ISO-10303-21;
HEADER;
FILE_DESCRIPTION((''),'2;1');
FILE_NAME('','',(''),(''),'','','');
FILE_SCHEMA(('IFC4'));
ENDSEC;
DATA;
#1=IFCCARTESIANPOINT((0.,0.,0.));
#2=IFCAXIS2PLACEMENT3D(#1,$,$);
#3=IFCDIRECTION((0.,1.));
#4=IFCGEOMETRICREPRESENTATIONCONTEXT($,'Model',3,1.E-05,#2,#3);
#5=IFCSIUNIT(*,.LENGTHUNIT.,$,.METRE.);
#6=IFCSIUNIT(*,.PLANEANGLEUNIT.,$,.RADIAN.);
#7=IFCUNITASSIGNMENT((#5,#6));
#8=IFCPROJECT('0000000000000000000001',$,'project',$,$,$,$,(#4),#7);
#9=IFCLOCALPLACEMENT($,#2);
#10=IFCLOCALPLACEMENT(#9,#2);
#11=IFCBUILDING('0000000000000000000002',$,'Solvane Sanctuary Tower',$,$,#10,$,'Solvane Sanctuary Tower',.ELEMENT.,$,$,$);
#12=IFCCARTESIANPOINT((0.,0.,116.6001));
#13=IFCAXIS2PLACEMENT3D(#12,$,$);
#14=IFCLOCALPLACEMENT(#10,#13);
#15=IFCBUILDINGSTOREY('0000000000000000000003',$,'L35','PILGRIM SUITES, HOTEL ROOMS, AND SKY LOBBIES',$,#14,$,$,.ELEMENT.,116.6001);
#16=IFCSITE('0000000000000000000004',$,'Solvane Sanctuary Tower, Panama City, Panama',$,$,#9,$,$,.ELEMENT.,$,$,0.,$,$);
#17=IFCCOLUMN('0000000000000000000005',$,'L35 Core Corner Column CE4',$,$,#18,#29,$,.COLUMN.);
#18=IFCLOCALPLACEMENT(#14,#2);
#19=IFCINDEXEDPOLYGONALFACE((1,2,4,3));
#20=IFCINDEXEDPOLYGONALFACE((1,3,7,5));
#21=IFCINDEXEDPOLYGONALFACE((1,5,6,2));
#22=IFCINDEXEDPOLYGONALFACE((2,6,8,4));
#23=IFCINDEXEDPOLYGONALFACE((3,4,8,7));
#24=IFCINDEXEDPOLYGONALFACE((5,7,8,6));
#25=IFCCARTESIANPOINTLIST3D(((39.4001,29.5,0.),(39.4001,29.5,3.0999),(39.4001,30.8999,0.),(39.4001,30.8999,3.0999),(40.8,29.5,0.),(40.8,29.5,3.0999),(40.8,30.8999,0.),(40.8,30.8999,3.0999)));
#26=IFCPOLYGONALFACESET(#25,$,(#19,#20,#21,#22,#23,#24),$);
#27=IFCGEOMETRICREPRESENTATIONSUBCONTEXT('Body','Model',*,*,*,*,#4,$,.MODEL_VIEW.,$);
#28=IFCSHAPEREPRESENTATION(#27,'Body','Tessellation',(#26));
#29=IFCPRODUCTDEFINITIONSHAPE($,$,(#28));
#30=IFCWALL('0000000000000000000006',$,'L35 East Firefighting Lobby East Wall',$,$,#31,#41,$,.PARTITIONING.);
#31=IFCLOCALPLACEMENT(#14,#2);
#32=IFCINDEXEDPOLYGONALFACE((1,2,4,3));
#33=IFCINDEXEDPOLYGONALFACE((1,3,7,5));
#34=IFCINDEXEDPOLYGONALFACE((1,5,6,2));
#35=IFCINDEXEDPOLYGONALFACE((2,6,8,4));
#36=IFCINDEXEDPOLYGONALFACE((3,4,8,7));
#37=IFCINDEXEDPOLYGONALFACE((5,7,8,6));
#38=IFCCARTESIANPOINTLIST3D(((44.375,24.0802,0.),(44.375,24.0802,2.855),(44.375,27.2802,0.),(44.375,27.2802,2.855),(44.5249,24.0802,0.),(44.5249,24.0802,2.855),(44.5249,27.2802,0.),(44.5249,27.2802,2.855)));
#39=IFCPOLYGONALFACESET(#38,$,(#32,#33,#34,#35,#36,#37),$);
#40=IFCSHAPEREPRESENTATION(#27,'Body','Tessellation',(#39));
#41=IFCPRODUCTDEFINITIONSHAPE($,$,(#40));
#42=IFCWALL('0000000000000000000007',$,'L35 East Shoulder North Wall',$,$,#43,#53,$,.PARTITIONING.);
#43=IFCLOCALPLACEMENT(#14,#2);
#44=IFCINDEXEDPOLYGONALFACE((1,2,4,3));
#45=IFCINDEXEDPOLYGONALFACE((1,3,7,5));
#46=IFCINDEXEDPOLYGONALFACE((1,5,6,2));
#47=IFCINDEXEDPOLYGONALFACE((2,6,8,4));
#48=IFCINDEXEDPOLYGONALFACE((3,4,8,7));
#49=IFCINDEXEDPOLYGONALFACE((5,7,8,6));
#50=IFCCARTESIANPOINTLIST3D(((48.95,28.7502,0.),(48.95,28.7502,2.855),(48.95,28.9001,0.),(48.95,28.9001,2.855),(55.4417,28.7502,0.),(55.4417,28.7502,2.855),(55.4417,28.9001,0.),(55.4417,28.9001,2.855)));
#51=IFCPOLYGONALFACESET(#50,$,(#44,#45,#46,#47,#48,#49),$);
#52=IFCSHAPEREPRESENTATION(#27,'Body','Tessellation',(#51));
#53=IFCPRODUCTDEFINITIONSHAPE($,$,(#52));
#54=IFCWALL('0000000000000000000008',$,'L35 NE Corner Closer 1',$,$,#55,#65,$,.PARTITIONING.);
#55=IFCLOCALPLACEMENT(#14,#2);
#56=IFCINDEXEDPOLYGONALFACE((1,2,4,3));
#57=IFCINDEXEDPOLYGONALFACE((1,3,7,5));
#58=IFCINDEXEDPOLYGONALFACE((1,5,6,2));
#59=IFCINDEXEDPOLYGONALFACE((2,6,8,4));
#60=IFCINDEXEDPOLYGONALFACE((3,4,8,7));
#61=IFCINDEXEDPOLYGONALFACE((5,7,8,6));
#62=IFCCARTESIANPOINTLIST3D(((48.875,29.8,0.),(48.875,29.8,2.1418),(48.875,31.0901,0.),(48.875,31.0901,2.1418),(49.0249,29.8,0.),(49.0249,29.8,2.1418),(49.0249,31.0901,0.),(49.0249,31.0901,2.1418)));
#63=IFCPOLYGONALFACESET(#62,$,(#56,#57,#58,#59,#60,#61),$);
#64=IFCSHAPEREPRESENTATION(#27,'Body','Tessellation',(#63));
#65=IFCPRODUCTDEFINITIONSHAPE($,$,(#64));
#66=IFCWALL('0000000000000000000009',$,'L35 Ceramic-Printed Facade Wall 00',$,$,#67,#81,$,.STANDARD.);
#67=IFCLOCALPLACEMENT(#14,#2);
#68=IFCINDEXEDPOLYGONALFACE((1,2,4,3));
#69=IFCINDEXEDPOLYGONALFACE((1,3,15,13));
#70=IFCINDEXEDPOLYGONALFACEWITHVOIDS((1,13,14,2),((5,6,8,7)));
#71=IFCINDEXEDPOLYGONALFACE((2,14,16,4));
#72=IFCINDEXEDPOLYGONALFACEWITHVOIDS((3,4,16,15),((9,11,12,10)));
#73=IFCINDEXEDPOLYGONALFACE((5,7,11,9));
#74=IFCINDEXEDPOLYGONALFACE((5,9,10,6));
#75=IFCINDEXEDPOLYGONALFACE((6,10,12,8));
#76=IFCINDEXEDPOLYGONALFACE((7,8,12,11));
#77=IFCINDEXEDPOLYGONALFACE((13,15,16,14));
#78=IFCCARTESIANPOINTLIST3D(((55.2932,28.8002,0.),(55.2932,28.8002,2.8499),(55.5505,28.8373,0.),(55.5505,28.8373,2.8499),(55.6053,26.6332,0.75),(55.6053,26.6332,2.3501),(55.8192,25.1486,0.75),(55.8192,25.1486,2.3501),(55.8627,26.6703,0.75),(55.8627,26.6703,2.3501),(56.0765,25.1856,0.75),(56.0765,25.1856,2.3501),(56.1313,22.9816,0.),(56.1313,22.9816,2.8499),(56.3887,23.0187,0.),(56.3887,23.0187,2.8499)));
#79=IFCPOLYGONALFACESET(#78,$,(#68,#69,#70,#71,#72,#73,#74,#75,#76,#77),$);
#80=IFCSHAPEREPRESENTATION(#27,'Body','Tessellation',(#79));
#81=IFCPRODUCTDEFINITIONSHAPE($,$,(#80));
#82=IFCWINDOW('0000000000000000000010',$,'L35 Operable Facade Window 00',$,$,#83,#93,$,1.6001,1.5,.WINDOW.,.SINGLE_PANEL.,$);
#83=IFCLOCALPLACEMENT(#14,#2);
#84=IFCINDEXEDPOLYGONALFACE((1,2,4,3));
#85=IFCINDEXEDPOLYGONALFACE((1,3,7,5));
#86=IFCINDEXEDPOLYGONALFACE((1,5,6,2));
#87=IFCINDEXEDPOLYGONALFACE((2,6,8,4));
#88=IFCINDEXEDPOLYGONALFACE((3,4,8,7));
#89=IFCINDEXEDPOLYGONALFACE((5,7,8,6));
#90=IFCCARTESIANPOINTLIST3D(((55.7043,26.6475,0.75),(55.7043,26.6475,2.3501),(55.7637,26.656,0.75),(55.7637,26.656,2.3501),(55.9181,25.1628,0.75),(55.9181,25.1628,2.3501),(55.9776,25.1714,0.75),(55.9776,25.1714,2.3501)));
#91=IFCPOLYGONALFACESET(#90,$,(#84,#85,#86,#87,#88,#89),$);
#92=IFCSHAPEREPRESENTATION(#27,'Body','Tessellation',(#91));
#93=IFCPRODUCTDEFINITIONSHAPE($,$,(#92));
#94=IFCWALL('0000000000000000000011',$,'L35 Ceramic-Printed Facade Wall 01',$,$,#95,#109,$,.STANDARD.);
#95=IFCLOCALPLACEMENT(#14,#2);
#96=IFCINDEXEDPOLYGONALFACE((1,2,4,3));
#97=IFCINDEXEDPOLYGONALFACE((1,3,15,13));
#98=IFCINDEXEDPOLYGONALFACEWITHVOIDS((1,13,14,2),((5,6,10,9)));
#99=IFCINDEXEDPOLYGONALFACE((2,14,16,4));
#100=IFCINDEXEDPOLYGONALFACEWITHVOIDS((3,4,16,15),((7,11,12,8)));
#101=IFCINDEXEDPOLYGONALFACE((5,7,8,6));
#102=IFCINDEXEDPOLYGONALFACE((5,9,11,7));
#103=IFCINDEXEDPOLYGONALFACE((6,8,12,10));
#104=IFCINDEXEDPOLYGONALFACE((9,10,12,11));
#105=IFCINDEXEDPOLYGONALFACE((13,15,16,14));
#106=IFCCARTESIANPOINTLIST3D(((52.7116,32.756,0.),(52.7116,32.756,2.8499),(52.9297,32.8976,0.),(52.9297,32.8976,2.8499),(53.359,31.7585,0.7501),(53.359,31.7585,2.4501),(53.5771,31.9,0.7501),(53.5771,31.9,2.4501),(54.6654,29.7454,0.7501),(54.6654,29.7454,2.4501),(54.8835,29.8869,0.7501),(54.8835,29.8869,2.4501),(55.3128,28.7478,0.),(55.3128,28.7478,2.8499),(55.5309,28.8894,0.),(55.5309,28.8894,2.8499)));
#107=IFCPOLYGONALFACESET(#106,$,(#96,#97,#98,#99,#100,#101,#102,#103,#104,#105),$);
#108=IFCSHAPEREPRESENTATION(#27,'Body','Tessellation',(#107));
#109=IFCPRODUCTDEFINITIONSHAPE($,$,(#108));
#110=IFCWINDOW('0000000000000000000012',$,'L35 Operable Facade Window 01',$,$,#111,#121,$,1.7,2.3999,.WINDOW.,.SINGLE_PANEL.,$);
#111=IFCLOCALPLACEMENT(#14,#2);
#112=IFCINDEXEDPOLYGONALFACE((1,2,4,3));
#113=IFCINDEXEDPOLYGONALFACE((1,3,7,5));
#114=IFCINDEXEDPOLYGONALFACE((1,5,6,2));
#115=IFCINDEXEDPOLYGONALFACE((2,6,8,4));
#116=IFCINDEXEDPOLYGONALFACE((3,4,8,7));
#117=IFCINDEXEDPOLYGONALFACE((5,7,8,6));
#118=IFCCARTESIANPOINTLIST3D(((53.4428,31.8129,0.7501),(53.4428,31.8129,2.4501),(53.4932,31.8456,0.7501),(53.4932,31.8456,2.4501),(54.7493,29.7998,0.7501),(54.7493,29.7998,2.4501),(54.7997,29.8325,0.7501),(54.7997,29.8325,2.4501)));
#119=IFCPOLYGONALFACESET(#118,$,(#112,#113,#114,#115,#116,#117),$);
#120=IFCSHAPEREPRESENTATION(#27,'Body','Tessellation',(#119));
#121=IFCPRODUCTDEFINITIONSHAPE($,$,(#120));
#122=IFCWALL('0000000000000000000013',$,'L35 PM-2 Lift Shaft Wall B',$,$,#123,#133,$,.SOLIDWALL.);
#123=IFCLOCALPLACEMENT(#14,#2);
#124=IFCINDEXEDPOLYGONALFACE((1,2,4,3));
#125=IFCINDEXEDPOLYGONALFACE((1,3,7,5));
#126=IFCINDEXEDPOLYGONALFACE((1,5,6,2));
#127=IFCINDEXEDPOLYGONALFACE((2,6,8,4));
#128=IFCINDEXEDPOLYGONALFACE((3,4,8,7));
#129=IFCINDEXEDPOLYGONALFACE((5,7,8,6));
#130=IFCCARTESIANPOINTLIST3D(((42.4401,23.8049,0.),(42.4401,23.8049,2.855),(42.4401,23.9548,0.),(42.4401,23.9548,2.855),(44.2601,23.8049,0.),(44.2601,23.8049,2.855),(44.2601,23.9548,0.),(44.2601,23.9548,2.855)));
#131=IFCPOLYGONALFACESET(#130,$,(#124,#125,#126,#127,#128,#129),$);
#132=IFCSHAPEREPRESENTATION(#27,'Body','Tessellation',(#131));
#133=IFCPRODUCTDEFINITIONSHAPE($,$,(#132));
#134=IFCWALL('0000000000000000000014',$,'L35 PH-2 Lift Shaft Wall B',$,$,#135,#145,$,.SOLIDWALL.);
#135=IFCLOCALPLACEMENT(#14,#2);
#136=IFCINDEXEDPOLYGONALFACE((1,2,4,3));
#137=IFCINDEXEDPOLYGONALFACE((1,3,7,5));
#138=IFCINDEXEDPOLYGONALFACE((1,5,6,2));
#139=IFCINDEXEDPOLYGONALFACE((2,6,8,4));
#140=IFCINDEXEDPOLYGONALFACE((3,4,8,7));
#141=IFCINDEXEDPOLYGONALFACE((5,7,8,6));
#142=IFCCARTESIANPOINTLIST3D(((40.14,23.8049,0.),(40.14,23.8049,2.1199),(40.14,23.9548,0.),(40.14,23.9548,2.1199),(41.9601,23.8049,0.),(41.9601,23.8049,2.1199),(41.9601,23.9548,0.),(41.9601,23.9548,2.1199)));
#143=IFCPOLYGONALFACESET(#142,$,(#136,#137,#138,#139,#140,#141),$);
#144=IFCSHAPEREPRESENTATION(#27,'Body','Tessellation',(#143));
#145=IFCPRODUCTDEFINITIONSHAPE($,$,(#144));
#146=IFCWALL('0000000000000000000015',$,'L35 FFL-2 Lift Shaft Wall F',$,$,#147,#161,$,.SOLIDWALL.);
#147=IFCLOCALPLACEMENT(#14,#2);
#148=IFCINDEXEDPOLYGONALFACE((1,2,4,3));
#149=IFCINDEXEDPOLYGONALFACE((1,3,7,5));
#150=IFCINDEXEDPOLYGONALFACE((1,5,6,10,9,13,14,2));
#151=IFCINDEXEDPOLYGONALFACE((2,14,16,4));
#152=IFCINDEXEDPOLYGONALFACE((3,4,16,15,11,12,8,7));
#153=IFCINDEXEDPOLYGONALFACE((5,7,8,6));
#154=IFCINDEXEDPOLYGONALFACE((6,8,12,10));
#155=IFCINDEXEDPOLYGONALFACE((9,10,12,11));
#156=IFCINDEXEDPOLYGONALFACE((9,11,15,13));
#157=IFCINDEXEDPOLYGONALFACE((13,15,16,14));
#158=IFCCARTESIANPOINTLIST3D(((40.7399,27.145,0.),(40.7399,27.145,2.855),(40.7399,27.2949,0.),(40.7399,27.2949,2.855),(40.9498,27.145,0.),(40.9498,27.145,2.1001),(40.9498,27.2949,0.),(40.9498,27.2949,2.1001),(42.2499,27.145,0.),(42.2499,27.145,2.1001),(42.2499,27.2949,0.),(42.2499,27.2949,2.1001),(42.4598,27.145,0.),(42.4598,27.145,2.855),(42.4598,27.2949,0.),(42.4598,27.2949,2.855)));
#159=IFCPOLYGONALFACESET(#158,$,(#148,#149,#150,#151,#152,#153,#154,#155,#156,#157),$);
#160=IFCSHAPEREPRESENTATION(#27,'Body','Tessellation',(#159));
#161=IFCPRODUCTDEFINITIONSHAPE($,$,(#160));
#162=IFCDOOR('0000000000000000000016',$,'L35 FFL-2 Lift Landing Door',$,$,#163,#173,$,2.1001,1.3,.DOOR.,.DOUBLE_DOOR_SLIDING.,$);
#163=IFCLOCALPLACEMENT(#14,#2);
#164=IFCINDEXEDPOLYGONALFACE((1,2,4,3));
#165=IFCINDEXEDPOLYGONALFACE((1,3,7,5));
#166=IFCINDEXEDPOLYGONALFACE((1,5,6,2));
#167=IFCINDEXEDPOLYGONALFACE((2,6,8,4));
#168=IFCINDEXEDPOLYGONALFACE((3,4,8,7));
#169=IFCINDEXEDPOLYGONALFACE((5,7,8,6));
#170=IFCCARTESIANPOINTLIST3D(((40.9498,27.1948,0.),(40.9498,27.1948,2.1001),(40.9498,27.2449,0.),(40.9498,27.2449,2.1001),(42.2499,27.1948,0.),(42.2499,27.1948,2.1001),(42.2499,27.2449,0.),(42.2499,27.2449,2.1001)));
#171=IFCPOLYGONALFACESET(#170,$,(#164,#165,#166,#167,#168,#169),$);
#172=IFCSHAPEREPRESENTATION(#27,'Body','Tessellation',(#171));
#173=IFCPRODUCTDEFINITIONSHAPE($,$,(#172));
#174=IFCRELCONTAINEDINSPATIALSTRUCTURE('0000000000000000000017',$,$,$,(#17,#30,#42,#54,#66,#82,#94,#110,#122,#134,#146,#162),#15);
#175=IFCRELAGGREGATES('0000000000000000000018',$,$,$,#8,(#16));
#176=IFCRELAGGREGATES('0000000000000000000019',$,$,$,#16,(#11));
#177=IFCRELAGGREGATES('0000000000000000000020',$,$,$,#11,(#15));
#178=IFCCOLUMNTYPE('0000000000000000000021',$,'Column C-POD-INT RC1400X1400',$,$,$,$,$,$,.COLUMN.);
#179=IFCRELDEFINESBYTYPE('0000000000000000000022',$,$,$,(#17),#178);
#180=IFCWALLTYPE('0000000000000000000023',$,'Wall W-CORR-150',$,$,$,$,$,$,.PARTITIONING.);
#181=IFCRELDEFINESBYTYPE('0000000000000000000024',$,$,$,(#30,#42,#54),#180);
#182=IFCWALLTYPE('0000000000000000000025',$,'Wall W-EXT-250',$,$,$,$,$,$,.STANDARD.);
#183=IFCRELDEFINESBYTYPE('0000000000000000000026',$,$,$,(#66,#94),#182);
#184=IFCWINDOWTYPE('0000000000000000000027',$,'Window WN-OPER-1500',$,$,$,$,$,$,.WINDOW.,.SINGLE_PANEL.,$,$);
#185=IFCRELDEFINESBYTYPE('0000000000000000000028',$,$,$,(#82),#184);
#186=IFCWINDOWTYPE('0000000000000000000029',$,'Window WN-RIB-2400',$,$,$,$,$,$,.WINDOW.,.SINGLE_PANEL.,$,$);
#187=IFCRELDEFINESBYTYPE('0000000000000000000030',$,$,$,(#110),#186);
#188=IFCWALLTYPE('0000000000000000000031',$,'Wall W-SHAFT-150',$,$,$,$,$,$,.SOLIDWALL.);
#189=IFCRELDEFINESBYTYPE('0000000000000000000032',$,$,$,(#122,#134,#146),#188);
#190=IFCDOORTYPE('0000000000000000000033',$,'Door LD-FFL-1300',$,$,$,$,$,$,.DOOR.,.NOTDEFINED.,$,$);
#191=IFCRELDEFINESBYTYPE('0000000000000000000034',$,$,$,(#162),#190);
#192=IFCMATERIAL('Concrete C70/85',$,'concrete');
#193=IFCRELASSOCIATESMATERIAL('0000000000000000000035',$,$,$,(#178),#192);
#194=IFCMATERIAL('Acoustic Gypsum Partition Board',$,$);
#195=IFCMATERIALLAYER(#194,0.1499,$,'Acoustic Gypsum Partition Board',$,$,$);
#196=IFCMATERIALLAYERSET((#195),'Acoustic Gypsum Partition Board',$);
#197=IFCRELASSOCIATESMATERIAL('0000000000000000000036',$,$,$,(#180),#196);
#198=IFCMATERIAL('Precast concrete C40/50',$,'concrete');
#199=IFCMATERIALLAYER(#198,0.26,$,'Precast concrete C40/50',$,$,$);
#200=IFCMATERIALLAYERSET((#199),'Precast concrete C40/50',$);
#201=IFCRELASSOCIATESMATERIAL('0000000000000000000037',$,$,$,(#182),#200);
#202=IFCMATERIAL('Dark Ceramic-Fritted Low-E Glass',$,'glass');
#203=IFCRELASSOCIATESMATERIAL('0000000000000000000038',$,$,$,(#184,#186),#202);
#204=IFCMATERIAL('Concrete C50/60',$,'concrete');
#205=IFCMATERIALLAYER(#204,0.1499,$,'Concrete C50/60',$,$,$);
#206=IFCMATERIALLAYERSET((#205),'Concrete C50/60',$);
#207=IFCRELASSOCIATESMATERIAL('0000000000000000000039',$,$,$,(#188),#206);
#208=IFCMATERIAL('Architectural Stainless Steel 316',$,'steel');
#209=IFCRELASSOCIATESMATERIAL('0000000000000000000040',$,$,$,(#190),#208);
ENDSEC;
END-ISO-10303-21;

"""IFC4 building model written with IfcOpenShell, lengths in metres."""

from ifc_helpers import new_model, si_unit, direction, frame, frame_2d, origin, origin_2d, place, context, subcontext, project, spatial, rectangle, extrude, material, layer, layer_set, material_profile, profile_set, type_object, element, fill, save


model = new_model("IFC4")

# Units and contexts
model_context = context("Model", 3, precision=1e-05, world=origin(), true_north=direction((0.0, 1.0)))
body_context = subcontext(model_context, "Body", "Model", "MODEL_VIEW")
ifc_project = project(units=[si_unit("LENGTHUNIT", "METRE"), si_unit("PLANEANGLEUNIT", "RADIAN")], contexts=[model_context])

# Site, building, storey
site_placement = place(None, origin())
site = spatial("IfcSite", under=ifc_project, at=site_placement, Name="Solvane Sanctuary Tower, Panama City, Panama", CompositionType="ELEMENT", RefElevation=0.0)
building_placement = place(site_placement, origin())
building = spatial("IfcBuilding", under=site, at=building_placement, Name="Solvane Sanctuary Tower", LongName="Solvane Sanctuary Tower", CompositionType="ELEMENT")
storey_placement = place(building_placement, frame((0.0, 0.0, 116.6001)))
storey = spatial("IfcBuildingStorey", under=building, at=storey_placement, Name="L35", Description="PILGRIM SUITES, HOTEL ROOMS, AND SKY LOBBIES", CompositionType="ELEMENT", Elevation=116.6001)

# Column
ifc_material_1 = material(Name="Concrete C70/85", Category="concrete")
ifc_material_profile = material_profile(ifc_material_1, rectangle(XDim=1.3999, YDim=1.3999, at=origin_2d()), Name="RC1400X1400")
ifc_profile_set = profile_set([ifc_material_profile], Name="Concrete C70/85")
column_type = type_object("IfcColumnType", Name="Column C-POD-INT RC1400X1400", PredefinedType="COLUMN", material=ifc_profile_set)
column_placement = place(storey_placement, frame((40.1001, 30.2, 0.0), z_axis=(0.0, 0.0, 1.0), x_axis=(1.0, 0.0, 0.0)))
element("IfcColumn", 1, at=column_placement, inside=storey, type_object=column_type, Name="L35 Core Corner Column CE4", PredefinedType="COLUMN", context=body_context, shape_type="SweptSolid", body=[
    extrude(rectangle(XDim=1.3999, YDim=1.3999, at=origin_2d()), origin(), (0.0, 0.0, 1.0), 3.0999),
])

# Walls
ifc_material_2 = material(Name="Acoustic Gypsum Partition Board")
ifc_layer_1 = layer(ifc_material_2, 0.1499, Name="Acoustic Gypsum Partition Board")
ifc_layer_set_1 = layer_set([ifc_layer_1], Name="Acoustic Gypsum Partition Board")
wall_type_1 = type_object("IfcWallType", Name="Wall W-CORR-150", PredefinedType="PARTITIONING", material=ifc_layer_set_1)
wall_1_placement = place(storey_placement, frame((44.45, 24.0801, 0.0), z_axis=(0.0, 0.0, 1.0), x_axis=(0.0, 1.0, 0.0)))
element("IfcWall", 2, at=wall_1_placement, inside=storey, type_object=wall_type_1, Name="L35 East Firefighting Lobby East Wall", PredefinedType="PARTITIONING", context=body_context, shape_type="SweptSolid", body=[
    extrude(rectangle(XDim=3.2, YDim=0.1499, at=frame_2d((1.6001, 0.0))), origin(), (0.0, 0.0, 1.0), 2.855),
])
wall_2_placement = place(storey_placement, frame((48.95, 28.8252, 0.0), z_axis=(0.0, 0.0, 1.0), x_axis=(1.0, 0.0, 0.0)))
element("IfcWall", 3, at=wall_2_placement, inside=storey, type_object=wall_type_1, Name="L35 East Shoulder North Wall", PredefinedType="PARTITIONING", context=body_context, shape_type="SweptSolid", body=[
    extrude(rectangle(XDim=6.4917, YDim=0.1499, at=frame_2d((3.2458, 0.0))), origin(), (0.0, 0.0, 1.0), 2.855),
])
wall_3_placement = place(storey_placement, frame((48.95, 29.8, 0.0), z_axis=(0.0, 0.0, 1.0), x_axis=(0.0, 1.0, 0.0)))
element("IfcWall", 4, at=wall_3_placement, inside=storey, type_object=wall_type_1, Name="L35 NE Corner Closer 1", PredefinedType="PARTITIONING", context=body_context, shape_type="SweptSolid", body=[
    extrude(rectangle(XDim=1.29, YDim=0.1499, at=frame_2d((0.645, 0.0))), origin(), (0.0, 0.0, 1.0), 2.1418),
])

# Walls, openings, windows
ifc_material_3 = material(Name="Precast concrete C40/50", Category="concrete")
ifc_layer_2 = layer(ifc_material_3, 0.26, Name="Precast concrete C40/50")
ifc_layer_set_2 = layer_set([ifc_layer_2], Name="Precast concrete C40/50")
wall_type_2 = type_object("IfcWallType", Name="Wall W-EXT-250", PredefinedType="STANDARD", material=ifc_layer_set_2)
wall_4_placement = place(storey_placement, frame((56.26, 23.0, 0.0), z_axis=(0.0, 0.0, 1.0), x_axis=(-0.142572, 0.989784, 0.0)))
wall_4 = element("IfcWall", 5, at=wall_4_placement, inside=storey, type_object=wall_type_2, Name="L35 Ceramic-Printed Facade Wall 00", PredefinedType="STANDARD", context=body_context, shape_type="SweptSolid", body=[
    extrude(rectangle(XDim=5.8787, YDim=0.26, at=frame_2d((2.9395, 0.0))), origin(), (0.0, 0.0, 1.0), 2.8499),
])
opening_1_placement = place(wall_4_placement, frame((2.1895, 0.0, 0.75)))
opening_1 = element("IfcOpeningElement", 6, at=opening_1_placement, cuts=wall_4, PredefinedType="OPENING", context=body_context, shape_type="SweptSolid", body=[
    extrude(rectangle(XDim=1.5, YDim=1.6001, at=frame_2d((0.75, 0.8))), frame((0.0, 0.1399, 0.0), z_axis=(0.0, -1.0, 0.0), x_axis=(1.0, 0.0, 0.0)), (0.0, 0.0, 1.0), 0.28),
])
ifc_material_4 = material(Name="Dark Ceramic-Fritted Low-E Glass", Category="glass")
window_type_1 = type_object("IfcWindowType", Name="Window WN-OPER-1500", PartitioningType="SINGLE_PANEL", PredefinedType="WINDOW", material=ifc_material_4)
window_1_placement = place(opening_1_placement, origin())
window_1 = element("IfcWindow", 7, at=window_1_placement, inside=storey, type_object=window_type_1, Name="L35 Operable Facade Window 00", OverallHeight=1.6001, OverallWidth=1.5, PartitioningType="SINGLE_PANEL", PredefinedType="WINDOW", context=body_context, shape_type="SweptSolid", body=[
    extrude(rectangle(XDim=1.5, YDim=1.6001, at=frame_2d((0.75, 0.8))), frame((0.0, 0.03, 0.0), z_axis=(0.0, -1.0, 0.0), x_axis=(1.0, 0.0, 0.0)), (0.0, 0.0, 1.0), 0.0601),
])
fill(opening_1, window_1)
wall_5_placement = place(storey_placement, frame((55.4219, 28.8186, 0.0), z_axis=(0.0, 0.0, 1.0), x_axis=(-0.544388, 0.838833, 0.0)))
wall_5 = element("IfcWall", 8, at=wall_5_placement, inside=storey, type_object=wall_type_2, Name="L35 Ceramic-Printed Facade Wall 01", PredefinedType="STANDARD", context=body_context, shape_type="SweptSolid", body=[
    extrude(rectangle(XDim=4.7783, YDim=0.26, at=frame_2d((2.3892, 0.0))), origin(), (0.0, 0.0, 1.0), 2.8499),
])
opening_2_placement = place(wall_5_placement, frame((1.1892, 0.0, 0.75)))
opening_2 = element("IfcOpeningElement", 9, at=opening_2_placement, cuts=wall_5, PredefinedType="OPENING", context=body_context, shape_type="SweptSolid", body=[
    extrude(rectangle(XDim=2.3999, YDim=1.7, at=frame_2d((1.2, 0.8501))), frame((0.0, 0.1399, 0.0), z_axis=(0.0, -1.0, 0.0), x_axis=(1.0, 0.0, 0.0)), (0.0, 0.0, 1.0), 0.28),
])
window_type_2 = type_object("IfcWindowType", Name="Window WN-RIB-2400", PartitioningType="SINGLE_PANEL", PredefinedType="WINDOW", material=ifc_material_4)
window_2_placement = place(opening_2_placement, origin())
window_2 = element("IfcWindow", 10, at=window_2_placement, inside=storey, type_object=window_type_2, Name="L35 Operable Facade Window 01", OverallHeight=1.7, OverallWidth=2.3999, PartitioningType="SINGLE_PANEL", PredefinedType="WINDOW", context=body_context, shape_type="SweptSolid", body=[
    extrude(rectangle(XDim=2.3999, YDim=1.7, at=frame_2d((1.2, 0.8501))), frame((0.0, 0.03, 0.0), z_axis=(0.0, -1.0, 0.0), x_axis=(1.0, 0.0, 0.0)), (0.0, 0.0, 1.0), 0.0601),
])
fill(opening_2, window_2)

# Walls
ifc_material_5 = material(Name="Concrete C50/60", Category="concrete")
ifc_layer_3 = layer(ifc_material_5, 0.1499, Name="Concrete C50/60")
ifc_layer_set_3 = layer_set([ifc_layer_3], Name="Concrete C50/60")
wall_type_3 = type_object("IfcWallType", Name="Wall W-SHAFT-150", PredefinedType="SOLIDWALL", material=ifc_layer_set_3)
wall_6_placement = place(storey_placement, frame((42.4399, 23.8799, 0.0), z_axis=(0.0, 0.0, 1.0), x_axis=(1.0, 0.0, 0.0)))
element("IfcWall", 11, at=wall_6_placement, inside=storey, type_object=wall_type_3, Name="L35 PM-2 Lift Shaft Wall B", PredefinedType="SOLIDWALL", context=body_context, shape_type="SweptSolid", body=[
    extrude(rectangle(XDim=1.8201, YDim=0.1499, at=frame_2d((0.9102, 0.0))), origin(), (0.0, 0.0, 1.0), 2.855),
])
wall_7_placement = place(storey_placement, frame((40.1399, 23.8799, 0.0), z_axis=(0.0, 0.0, 1.0), x_axis=(1.0, 0.0, 0.0)))
element("IfcWall", 12, at=wall_7_placement, inside=storey, type_object=wall_type_3, Name="L35 PH-2 Lift Shaft Wall B", PredefinedType="SOLIDWALL", context=body_context, shape_type="SweptSolid", body=[
    extrude(rectangle(XDim=1.8201, YDim=0.1499, at=frame_2d((0.9102, 0.0))), origin(), (0.0, 0.0, 1.0), 2.1199),
])

# Wall, opening, door
wall_8_placement = place(storey_placement, frame((40.74, 27.22, 0.0), z_axis=(0.0, 0.0, 1.0), x_axis=(1.0, 0.0, 0.0)))
wall_8 = element("IfcWall", 13, at=wall_8_placement, inside=storey, type_object=wall_type_3, Name="L35 FFL-2 Lift Shaft Wall F", PredefinedType="SOLIDWALL", context=body_context, shape_type="SweptSolid", body=[
    extrude(rectangle(XDim=1.72, YDim=0.1499, at=frame_2d((0.8599, 0.0))), origin(), (0.0, 0.0, 1.0), 2.855),
])
opening_3_placement = place(wall_8_placement, frame((0.21, 0.0, 0.0)))
opening_3 = element("IfcOpeningElement", 14, at=opening_3_placement, cuts=wall_8, PredefinedType="OPENING", context=body_context, shape_type="SweptSolid", body=[
    extrude(rectangle(XDim=1.3, YDim=2.1001, at=frame_2d((0.6499, 1.05))), frame((0.0, 0.085, 0.0), z_axis=(0.0, -1.0, 0.0), x_axis=(1.0, 0.0, 0.0)), (0.0, 0.0, 1.0), 0.1699),
])
ifc_material_6 = material(Name="Architectural Stainless Steel 316", Category="steel")
door_type_1 = type_object("IfcDoorType", Name="Door LD-FFL-1300", OperationType="NOTDEFINED", PredefinedType="DOOR", material=ifc_material_6)
door_1_placement = place(opening_3_placement, origin())
door_1 = element("IfcDoor", 15, at=door_1_placement, inside=storey, type_object=door_type_1, Name="L35 FFL-2 Lift Landing Door", OperationType="DOUBLE_DOOR_SLIDING", OverallHeight=2.1001, OverallWidth=1.3, PredefinedType="DOOR", context=body_context, shape_type="SweptSolid", body=[
    extrude(rectangle(XDim=1.3, YDim=2.1001, at=frame_2d((0.6499, 1.05))), frame((0.0, 0.0249, 0.0), z_axis=(0.0, -1.0, 0.0), x_axis=(1.0, 0.0, 0.0)), (0.0, 0.0, 1.0), 0.05),
])
fill(opening_3, door_1)

save(model, "model.ifc")
